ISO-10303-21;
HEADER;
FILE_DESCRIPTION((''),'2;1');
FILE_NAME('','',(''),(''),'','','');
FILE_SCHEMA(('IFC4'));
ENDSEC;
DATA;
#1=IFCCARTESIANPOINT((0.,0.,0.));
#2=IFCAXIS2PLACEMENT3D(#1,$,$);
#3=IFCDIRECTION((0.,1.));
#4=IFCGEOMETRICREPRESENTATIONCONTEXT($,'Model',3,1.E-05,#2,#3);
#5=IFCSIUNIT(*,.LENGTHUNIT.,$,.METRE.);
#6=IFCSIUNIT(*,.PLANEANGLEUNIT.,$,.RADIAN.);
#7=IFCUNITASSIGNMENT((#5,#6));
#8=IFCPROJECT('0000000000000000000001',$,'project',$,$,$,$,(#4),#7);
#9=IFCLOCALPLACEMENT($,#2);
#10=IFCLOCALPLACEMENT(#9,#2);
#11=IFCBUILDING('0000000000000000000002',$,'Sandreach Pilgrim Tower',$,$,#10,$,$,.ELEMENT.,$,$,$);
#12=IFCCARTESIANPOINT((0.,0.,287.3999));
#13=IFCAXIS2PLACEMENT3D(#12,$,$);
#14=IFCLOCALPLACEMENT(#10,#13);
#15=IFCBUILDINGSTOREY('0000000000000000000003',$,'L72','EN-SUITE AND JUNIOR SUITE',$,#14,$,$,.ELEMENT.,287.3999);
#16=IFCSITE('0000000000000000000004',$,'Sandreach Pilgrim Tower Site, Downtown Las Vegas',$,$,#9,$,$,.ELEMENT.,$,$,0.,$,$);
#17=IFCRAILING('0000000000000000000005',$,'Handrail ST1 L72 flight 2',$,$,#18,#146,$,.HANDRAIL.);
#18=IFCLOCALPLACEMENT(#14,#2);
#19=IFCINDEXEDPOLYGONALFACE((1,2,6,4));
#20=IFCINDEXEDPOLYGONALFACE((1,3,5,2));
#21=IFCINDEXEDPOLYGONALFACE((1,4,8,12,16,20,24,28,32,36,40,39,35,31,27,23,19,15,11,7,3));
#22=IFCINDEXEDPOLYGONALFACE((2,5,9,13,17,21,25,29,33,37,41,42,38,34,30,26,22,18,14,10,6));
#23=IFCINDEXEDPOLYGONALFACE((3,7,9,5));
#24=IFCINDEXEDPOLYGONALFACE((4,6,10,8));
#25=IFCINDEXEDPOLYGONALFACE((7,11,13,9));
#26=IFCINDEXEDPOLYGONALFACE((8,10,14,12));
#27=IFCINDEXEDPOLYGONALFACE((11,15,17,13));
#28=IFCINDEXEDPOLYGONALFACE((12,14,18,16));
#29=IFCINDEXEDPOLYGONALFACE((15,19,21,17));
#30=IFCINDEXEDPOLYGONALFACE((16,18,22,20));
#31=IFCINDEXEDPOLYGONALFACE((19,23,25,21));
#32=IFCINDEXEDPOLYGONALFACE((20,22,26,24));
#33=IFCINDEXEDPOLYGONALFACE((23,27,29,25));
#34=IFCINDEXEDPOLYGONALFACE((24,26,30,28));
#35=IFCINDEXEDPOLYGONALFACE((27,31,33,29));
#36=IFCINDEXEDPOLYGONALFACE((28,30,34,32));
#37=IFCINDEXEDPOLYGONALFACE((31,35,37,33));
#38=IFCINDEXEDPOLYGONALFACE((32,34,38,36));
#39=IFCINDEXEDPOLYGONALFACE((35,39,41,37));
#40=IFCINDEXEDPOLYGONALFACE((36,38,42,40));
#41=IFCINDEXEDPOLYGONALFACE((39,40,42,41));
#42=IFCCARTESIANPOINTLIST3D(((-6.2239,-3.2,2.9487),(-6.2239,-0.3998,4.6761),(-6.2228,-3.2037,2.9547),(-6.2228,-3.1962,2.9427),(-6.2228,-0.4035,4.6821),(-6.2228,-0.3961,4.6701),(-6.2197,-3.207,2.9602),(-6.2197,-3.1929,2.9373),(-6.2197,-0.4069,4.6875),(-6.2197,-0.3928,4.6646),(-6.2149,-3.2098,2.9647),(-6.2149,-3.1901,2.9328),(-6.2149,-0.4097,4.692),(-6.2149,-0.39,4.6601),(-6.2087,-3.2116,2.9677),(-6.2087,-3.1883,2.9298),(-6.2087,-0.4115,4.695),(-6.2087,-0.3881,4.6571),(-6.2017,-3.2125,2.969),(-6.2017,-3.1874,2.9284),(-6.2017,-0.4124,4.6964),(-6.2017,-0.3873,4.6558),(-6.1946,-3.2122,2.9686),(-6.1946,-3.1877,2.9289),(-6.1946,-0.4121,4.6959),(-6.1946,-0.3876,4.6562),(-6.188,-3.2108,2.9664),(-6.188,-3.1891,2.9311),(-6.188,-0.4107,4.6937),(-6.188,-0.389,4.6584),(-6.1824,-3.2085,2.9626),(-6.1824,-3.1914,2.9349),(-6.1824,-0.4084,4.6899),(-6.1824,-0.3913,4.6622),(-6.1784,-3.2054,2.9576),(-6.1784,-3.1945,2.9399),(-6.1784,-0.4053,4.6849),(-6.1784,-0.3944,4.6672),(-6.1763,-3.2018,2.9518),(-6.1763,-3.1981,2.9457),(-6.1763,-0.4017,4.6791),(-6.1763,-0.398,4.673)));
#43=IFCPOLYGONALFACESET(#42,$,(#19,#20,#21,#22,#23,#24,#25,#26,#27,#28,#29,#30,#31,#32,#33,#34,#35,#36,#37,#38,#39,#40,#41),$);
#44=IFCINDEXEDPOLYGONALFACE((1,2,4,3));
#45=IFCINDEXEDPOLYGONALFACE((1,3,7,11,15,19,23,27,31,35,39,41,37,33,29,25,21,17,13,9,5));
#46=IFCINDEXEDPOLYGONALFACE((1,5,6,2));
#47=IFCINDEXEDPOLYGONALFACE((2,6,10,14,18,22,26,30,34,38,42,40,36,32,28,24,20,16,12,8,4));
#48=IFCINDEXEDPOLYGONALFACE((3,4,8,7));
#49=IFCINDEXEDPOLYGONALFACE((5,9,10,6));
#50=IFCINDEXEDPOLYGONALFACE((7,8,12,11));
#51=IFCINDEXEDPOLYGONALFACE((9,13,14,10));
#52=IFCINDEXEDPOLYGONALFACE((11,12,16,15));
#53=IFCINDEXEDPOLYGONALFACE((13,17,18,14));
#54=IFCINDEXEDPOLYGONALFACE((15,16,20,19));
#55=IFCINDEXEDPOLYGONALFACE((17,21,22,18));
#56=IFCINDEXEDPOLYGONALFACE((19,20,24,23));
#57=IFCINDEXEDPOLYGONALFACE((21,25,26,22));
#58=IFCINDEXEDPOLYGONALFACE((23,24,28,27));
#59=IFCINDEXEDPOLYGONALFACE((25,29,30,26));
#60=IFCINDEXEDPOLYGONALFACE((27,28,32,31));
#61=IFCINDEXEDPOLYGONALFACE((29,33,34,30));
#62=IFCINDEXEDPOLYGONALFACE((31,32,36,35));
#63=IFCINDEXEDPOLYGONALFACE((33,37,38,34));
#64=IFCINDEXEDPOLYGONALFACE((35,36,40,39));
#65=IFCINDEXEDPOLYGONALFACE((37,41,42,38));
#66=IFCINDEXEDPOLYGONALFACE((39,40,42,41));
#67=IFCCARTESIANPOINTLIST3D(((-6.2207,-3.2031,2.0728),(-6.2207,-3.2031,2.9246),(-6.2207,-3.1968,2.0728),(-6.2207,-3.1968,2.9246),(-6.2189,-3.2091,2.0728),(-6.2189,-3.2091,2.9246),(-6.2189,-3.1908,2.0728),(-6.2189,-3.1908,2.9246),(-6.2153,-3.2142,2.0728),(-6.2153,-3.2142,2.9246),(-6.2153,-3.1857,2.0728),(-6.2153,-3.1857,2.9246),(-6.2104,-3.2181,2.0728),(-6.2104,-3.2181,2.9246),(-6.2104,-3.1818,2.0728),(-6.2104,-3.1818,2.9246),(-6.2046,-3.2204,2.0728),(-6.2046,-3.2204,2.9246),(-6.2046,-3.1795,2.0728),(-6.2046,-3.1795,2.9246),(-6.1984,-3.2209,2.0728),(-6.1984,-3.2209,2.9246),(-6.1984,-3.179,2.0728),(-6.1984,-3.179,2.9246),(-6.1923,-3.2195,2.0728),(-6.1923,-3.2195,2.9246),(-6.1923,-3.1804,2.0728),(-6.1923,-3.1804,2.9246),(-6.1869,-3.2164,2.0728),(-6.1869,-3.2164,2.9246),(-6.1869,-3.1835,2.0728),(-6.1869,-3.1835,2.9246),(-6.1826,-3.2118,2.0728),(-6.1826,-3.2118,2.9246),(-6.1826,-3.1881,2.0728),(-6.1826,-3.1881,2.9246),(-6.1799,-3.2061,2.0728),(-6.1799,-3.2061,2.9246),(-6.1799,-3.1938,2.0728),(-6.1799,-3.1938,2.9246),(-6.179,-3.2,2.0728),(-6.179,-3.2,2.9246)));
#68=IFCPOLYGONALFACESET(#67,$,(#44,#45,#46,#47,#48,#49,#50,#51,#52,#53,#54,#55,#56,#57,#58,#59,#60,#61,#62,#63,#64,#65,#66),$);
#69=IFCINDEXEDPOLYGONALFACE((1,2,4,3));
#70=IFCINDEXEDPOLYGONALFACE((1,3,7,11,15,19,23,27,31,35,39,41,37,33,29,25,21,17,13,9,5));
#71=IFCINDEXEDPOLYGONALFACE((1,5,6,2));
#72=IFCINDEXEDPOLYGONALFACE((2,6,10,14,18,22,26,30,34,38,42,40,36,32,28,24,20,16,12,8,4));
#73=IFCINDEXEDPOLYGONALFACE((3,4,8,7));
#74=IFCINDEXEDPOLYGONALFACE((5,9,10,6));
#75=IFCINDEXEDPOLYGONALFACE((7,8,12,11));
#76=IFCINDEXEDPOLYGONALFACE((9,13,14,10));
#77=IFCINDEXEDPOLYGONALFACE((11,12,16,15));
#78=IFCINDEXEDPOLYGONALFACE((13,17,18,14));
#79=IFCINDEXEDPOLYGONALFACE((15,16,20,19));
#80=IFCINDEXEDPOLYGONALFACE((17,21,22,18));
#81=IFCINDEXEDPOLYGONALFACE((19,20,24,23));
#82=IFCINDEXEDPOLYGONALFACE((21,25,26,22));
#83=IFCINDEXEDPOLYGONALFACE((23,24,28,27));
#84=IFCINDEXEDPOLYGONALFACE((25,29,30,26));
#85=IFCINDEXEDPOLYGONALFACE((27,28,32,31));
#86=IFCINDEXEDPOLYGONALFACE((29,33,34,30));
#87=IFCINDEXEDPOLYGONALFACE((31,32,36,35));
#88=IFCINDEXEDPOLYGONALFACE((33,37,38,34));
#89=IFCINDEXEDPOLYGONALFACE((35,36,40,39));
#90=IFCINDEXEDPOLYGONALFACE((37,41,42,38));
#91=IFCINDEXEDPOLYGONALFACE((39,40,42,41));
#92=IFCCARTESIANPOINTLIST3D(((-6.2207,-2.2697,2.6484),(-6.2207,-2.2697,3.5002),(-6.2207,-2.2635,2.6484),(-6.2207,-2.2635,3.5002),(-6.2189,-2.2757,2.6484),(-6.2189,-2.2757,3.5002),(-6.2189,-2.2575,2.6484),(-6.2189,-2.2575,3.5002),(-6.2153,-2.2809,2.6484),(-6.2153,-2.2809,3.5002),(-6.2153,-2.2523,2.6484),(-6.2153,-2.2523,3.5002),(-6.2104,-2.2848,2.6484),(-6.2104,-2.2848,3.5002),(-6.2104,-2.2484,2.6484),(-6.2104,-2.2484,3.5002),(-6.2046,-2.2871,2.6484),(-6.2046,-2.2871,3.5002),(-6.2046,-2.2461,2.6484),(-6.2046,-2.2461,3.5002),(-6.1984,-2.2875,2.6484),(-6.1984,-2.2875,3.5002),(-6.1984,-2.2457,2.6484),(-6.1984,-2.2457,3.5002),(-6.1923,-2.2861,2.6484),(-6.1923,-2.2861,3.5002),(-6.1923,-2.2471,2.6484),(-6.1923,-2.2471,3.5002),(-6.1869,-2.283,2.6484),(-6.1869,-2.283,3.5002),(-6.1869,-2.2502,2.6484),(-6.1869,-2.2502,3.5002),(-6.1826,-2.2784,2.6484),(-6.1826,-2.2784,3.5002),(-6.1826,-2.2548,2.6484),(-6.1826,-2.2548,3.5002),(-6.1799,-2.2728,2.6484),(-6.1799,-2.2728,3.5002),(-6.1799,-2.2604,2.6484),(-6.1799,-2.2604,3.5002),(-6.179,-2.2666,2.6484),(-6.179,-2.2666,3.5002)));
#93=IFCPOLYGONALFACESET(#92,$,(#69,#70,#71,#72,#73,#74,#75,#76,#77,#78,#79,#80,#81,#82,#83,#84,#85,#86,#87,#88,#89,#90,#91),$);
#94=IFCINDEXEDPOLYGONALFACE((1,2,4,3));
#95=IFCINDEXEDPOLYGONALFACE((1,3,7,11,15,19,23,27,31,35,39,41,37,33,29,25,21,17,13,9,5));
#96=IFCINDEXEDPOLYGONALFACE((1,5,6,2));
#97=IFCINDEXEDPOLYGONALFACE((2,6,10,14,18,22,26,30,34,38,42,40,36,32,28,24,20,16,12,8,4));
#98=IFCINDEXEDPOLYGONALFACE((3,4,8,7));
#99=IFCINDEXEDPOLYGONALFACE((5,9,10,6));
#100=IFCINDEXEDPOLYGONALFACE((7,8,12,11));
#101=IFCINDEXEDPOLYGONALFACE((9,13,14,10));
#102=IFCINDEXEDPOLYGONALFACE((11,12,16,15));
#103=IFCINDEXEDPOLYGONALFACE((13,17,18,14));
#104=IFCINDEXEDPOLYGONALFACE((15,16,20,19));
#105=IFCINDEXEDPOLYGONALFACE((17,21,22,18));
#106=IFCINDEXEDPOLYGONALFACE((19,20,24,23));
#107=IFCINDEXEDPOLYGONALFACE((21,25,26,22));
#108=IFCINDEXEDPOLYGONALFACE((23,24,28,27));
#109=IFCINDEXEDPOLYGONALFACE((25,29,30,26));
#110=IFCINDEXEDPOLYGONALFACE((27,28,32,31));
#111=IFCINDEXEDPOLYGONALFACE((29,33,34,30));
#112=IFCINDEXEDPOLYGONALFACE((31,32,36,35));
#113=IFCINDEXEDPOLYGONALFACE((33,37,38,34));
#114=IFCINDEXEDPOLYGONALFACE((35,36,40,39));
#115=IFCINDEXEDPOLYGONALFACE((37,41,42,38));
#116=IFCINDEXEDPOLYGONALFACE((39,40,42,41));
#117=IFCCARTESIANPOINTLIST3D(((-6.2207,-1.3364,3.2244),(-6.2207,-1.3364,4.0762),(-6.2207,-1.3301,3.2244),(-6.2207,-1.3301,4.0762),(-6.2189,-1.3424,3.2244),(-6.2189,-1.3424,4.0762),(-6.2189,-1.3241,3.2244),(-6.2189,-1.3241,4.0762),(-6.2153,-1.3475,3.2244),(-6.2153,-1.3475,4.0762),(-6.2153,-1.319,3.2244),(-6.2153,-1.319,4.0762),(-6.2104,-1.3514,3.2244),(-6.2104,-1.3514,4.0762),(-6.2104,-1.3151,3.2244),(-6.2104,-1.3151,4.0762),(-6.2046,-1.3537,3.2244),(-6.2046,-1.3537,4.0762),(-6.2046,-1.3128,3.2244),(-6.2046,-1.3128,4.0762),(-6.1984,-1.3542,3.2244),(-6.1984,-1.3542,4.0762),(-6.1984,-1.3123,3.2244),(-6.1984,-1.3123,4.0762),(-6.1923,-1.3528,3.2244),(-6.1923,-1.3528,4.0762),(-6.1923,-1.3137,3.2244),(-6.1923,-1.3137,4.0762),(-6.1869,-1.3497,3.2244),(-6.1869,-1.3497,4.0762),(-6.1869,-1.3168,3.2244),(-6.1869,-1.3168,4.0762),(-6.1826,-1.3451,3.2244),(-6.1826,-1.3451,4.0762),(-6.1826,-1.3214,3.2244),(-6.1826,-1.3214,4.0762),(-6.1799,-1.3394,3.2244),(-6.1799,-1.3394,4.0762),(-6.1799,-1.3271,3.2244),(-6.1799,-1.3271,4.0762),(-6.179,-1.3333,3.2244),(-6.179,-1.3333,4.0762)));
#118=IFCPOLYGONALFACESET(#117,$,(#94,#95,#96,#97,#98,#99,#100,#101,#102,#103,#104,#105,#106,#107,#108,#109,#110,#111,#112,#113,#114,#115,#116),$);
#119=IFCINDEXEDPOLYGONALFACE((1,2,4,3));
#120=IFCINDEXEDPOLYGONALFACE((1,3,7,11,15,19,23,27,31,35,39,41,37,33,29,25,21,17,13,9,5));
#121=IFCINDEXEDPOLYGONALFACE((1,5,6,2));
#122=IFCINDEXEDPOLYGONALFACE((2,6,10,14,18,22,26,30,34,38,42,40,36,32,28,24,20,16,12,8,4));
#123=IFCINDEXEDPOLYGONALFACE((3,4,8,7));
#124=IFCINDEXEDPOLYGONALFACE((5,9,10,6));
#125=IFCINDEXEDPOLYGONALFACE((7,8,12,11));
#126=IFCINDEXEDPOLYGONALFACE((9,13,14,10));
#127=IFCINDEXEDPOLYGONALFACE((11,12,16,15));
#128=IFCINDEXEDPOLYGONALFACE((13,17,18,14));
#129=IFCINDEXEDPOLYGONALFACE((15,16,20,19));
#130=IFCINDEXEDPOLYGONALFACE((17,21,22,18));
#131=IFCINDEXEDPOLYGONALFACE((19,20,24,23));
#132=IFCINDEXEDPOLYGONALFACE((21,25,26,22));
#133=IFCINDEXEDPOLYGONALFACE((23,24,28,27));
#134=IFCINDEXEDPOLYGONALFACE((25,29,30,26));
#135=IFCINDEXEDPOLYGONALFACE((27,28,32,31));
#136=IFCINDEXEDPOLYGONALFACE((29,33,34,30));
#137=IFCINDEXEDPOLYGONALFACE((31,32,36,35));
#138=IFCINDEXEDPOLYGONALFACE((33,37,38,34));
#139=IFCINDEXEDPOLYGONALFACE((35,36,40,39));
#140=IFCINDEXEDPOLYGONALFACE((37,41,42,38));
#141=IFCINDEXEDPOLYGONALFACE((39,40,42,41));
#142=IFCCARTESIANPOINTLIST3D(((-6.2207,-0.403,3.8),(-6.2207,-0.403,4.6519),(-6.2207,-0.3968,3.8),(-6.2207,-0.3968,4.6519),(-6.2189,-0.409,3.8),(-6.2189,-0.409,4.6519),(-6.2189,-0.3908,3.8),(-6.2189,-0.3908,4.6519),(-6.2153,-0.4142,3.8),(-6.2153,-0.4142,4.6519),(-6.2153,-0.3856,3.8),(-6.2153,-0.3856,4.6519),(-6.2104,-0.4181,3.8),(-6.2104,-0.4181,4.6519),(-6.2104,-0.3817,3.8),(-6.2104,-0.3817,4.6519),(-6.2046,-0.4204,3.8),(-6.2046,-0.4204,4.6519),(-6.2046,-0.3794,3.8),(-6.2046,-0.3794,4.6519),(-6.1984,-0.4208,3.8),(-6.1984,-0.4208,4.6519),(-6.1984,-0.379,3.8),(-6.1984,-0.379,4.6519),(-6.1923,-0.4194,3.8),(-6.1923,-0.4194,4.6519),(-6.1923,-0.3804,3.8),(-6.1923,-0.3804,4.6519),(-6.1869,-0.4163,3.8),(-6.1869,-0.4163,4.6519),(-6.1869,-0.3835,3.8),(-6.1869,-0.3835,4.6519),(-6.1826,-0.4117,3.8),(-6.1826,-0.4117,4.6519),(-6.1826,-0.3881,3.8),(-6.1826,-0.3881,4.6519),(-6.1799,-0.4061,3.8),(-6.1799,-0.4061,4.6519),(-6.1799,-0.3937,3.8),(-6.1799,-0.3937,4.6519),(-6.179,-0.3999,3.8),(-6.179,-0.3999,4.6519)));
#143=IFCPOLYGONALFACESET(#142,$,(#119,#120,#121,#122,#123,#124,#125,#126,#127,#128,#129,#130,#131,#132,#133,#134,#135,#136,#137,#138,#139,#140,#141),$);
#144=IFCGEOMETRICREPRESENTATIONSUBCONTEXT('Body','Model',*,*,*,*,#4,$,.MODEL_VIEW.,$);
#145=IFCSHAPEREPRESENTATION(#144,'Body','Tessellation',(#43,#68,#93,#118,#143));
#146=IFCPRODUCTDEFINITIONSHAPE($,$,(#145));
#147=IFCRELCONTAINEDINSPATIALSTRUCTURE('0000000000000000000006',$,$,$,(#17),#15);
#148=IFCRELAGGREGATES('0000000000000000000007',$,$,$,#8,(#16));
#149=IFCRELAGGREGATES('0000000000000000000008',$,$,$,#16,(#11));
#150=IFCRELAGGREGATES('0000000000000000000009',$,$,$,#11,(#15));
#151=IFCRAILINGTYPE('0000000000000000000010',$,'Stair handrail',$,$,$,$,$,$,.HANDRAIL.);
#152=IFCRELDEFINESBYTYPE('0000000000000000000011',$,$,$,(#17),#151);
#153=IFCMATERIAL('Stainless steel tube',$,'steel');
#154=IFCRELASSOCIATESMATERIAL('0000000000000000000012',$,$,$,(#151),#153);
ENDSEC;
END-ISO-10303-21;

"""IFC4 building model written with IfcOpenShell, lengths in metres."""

from ifc_helpers import new_model, si_unit, direction, frame, origin, origin_2d, place, context, subcontext, project, spatial, circle, extrude, material, type_object, element, save


model = new_model("IFC4")

# Units and contexts
model_context = context("Model", 3, precision=1e-05, world=origin(), true_north=direction((0.0, 1.0)))
body_context = subcontext(model_context, "Body", "Model", "MODEL_VIEW")
ifc_project = project(units=[si_unit("LENGTHUNIT", "METRE"), si_unit("PLANEANGLEUNIT", "RADIAN")], contexts=[model_context])

# Site, building, storey
site_placement = place(None, origin())
site = spatial("IfcSite", under=ifc_project, at=site_placement, Name="Sandreach Pilgrim Tower Site, Downtown Las Vegas", CompositionType="ELEMENT", RefElevation=0.0)
building_placement = place(site_placement, origin())
building = spatial("IfcBuilding", under=site, at=building_placement, Name="Sandreach Pilgrim Tower", CompositionType="ELEMENT")
storey_placement = place(building_placement, frame((0.0, 0.0, 287.3999)))
storey = spatial("IfcBuildingStorey", under=building, at=storey_placement, Name="L72", Description="EN-SUITE AND JUNIOR SUITE", CompositionType="ELEMENT", Elevation=287.3999)

# Railing
ifc_material_1 = material(Name="Stainless steel tube", Category="steel")
railing_type = type_object("IfcRailingType", Name="Stair handrail", PredefinedType="HANDRAIL", material=ifc_material_1)
for number, where, name in (
    (1, (-6.2, -3.2, 2.0728), "Handrail ST1 L72 flight 2"),
):
    element("IfcRailing", number, at=place(storey_placement, frame(where)), inside=storey, type_object=railing_type, Name=name, PredefinedType="HANDRAIL", context=body_context, shape_type="SweptSolid", body=[
        extrude(circle(Radius=0.0239, at=origin_2d()), frame((0.0, 0.0, 0.876), z_axis=(0.0, 0.85109, 0.52502), x_axis=(-1.0, 0.0, 0.0)), (0.0, 0.0, 1.0), 3.29),
        extrude(circle(Radius=0.021, at=origin_2d()), origin(), (0.0, 0.0, 1.0), 0.8518),
        extrude(circle(Radius=0.021, at=origin_2d()), frame((0.0, 0.9333, 0.5757)), (0.0, 0.0, 1.0), 0.8518),
        extrude(circle(Radius=0.021, at=origin_2d()), frame((0.0, 1.8667, 1.1516)), (0.0, 0.0, 1.0), 0.8518),
        extrude(circle(Radius=0.021, at=origin_2d()), frame((0.0, 2.8, 1.7273)), (0.0, 0.0, 1.0), 0.8518),
    ])

save(model, "model.ifc")
